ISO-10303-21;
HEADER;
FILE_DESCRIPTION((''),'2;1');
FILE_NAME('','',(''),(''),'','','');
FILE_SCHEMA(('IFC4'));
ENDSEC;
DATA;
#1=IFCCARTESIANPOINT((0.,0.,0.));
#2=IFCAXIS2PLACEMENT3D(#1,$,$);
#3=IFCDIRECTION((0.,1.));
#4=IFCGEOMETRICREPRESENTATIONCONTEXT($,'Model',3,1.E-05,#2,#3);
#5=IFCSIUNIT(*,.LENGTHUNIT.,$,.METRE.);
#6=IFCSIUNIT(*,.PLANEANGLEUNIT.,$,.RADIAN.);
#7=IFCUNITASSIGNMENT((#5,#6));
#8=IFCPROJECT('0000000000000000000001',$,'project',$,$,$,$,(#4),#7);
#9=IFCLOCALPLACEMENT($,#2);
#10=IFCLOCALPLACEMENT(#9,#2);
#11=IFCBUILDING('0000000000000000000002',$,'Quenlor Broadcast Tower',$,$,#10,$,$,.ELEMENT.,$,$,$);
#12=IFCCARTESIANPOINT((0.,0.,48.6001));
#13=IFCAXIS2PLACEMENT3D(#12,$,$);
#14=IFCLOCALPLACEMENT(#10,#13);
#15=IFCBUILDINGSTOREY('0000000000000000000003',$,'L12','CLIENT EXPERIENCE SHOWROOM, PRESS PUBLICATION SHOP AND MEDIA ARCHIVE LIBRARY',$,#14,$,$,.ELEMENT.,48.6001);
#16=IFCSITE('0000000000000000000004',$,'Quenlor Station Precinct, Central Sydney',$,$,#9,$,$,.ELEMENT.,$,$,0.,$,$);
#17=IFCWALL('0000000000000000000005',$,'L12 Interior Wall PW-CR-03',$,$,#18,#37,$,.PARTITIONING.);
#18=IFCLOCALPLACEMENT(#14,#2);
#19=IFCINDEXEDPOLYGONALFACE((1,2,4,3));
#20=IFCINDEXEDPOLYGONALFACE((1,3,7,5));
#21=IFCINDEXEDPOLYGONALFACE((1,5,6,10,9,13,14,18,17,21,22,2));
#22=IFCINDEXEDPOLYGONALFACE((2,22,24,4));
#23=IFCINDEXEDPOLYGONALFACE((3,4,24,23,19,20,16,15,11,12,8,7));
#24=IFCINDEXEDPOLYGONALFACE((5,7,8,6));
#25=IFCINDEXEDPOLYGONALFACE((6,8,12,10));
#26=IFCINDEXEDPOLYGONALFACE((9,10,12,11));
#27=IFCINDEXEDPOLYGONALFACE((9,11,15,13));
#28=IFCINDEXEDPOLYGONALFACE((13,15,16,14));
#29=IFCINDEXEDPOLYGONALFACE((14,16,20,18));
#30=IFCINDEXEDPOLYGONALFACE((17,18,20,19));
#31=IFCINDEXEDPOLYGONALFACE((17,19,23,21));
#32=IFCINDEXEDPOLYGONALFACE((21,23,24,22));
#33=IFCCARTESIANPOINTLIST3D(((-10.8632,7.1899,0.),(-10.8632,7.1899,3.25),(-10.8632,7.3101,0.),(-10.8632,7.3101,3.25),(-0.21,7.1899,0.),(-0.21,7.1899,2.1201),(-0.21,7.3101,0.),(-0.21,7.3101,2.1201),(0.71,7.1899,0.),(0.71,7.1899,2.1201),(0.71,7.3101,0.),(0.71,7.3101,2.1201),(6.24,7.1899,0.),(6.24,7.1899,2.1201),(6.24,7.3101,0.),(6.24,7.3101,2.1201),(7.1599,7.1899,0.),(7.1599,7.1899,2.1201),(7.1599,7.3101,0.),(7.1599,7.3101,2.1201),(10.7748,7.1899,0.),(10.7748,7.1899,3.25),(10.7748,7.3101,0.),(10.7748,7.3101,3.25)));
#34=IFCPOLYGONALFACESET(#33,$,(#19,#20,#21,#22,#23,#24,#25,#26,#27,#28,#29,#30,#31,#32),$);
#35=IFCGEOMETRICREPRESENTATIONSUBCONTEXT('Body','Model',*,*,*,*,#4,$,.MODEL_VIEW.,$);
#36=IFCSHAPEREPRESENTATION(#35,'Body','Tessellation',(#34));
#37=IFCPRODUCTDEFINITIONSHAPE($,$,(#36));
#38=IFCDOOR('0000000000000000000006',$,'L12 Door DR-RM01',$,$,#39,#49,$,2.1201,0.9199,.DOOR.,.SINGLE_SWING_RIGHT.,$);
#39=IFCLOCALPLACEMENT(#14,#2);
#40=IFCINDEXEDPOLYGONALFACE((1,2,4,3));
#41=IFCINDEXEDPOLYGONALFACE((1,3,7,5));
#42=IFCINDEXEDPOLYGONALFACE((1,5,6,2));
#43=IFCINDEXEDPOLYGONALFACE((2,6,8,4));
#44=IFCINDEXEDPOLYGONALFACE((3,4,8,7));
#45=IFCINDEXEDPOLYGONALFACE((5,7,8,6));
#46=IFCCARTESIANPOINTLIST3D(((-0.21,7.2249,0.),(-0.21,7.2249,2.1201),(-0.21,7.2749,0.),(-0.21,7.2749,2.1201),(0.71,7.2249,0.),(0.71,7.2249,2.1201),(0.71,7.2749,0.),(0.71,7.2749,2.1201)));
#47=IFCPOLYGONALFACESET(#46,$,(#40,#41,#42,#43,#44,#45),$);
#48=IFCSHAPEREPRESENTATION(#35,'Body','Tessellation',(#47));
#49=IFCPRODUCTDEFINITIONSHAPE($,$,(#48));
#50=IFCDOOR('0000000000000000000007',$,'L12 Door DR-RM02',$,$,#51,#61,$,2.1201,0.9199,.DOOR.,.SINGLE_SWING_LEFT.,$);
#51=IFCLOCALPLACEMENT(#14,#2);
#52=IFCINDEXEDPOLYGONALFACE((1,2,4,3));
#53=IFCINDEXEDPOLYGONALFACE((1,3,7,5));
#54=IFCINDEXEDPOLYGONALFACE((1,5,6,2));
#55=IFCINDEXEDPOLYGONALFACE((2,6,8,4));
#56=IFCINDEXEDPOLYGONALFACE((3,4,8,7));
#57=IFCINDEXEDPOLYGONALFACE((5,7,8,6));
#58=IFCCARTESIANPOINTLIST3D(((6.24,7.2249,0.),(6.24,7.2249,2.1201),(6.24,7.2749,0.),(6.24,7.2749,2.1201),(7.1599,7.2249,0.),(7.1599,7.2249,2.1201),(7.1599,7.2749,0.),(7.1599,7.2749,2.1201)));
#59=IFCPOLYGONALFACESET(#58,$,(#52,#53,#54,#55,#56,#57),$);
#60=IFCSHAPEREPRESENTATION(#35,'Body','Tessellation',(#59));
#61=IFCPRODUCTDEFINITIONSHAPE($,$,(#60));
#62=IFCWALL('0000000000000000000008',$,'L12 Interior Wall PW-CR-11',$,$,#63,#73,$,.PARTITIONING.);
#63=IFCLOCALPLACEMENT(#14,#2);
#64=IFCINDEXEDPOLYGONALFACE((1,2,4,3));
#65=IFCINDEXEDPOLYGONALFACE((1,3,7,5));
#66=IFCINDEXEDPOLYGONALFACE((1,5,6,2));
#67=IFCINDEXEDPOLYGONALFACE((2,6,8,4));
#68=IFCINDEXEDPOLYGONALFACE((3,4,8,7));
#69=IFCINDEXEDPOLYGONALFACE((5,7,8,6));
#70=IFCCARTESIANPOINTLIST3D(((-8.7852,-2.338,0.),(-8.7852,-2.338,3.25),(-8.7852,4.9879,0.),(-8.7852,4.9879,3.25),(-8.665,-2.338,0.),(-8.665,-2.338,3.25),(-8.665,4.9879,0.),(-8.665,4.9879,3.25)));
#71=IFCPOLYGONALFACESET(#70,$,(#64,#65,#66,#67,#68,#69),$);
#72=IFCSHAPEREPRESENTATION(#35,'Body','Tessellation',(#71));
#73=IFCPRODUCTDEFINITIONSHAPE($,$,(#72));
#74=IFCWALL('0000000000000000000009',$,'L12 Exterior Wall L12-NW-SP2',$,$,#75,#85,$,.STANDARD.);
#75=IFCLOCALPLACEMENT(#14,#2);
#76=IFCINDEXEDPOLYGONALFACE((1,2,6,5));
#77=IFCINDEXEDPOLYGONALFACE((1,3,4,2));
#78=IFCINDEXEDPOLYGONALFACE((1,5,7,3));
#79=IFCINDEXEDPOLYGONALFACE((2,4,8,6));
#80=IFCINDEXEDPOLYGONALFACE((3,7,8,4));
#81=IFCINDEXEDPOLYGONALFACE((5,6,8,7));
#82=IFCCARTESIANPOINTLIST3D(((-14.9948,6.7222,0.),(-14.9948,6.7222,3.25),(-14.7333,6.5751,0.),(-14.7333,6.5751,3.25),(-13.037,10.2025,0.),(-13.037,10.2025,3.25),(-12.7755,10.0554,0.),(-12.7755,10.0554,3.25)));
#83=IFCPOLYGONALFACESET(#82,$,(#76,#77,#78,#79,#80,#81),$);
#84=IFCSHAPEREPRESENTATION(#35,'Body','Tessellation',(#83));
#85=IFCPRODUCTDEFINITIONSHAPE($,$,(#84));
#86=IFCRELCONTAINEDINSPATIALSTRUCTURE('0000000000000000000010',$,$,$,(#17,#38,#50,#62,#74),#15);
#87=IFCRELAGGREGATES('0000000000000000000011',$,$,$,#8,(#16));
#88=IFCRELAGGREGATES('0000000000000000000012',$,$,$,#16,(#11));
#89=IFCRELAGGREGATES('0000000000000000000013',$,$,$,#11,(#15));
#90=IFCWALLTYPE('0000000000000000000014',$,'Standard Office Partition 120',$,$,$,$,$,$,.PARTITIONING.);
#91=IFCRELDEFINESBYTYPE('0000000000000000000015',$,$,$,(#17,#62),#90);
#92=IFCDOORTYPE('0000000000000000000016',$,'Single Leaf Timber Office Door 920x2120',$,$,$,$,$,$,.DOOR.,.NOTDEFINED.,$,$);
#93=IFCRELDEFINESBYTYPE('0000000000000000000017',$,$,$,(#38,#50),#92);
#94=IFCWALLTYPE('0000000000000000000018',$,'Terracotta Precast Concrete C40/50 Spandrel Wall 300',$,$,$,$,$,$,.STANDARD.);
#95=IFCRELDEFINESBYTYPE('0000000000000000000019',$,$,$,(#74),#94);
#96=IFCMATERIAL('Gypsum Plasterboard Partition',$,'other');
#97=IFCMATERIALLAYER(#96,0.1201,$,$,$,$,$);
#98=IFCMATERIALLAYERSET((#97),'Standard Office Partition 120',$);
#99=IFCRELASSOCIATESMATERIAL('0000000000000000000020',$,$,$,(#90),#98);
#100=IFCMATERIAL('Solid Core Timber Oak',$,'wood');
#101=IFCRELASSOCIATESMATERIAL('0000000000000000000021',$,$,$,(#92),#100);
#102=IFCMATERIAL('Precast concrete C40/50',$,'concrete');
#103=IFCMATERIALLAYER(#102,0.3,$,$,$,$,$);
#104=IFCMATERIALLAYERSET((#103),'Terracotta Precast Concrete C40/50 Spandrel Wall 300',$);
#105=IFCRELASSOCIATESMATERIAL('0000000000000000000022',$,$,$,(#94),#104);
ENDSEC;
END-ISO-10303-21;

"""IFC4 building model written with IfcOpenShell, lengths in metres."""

from ifc_helpers import new_model, si_unit, direction, frame, frame_2d, origin, place, context, subcontext, project, spatial, rectangle, extrude, material, layer, layer_set, type_object, element, fill, save


model = new_model("IFC4")

# Units and contexts
model_context = context("Model", 3, precision=1e-05, world=origin(), true_north=direction((0.0, 1.0)))
body_context = subcontext(model_context, "Body", "Model", "MODEL_VIEW")
ifc_project = project(units=[si_unit("LENGTHUNIT", "METRE"), si_unit("PLANEANGLEUNIT", "RADIAN")], contexts=[model_context])

# Site, building, storey
site_placement = place(None, origin())
site = spatial("IfcSite", under=ifc_project, at=site_placement, Name="Quenlor Station Precinct, Central Sydney", CompositionType="ELEMENT", RefElevation=0.0)
building_placement = place(site_placement, origin())
building = spatial("IfcBuilding", under=site, at=building_placement, Name="Quenlor Broadcast Tower", CompositionType="ELEMENT")
storey_placement = place(building_placement, frame((0.0, 0.0, 48.6001)))
storey = spatial("IfcBuildingStorey", under=building, at=storey_placement, Name="L12", Description="CLIENT EXPERIENCE SHOWROOM, PRESS PUBLICATION SHOP AND MEDIA ARCHIVE LIBRARY", CompositionType="ELEMENT", Elevation=48.6001)

# Wall, openings, doors
ifc_material_1 = material(Name="Gypsum Plasterboard Partition", Category="other")
ifc_layer_1 = layer(ifc_material_1, 0.1201)
ifc_layer_set_1 = layer_set([ifc_layer_1], Name="Standard Office Partition 120")
wall_type_1 = type_object("IfcWallType", Name="Standard Office Partition 120", PredefinedType="PARTITIONING", material=ifc_layer_set_1)
wall_1_placement = place(storey_placement, frame((-10.863, 7.25, 0.0), z_axis=(0.0, 0.0, 1.0), x_axis=(1.0, 0.0, 0.0)))
wall_1 = element("IfcWall", 1, at=wall_1_placement, inside=storey, type_object=wall_type_1, Name="L12 Interior Wall PW-CR-03", PredefinedType="PARTITIONING", context=body_context, shape_type="SweptSolid", body=[
    extrude(rectangle(XDim=21.6379, YDim=0.1201, at=frame_2d((10.8188, 0.0))), origin(), (0.0, 0.0, 1.0), 3.25),
])
opening_1_placement = place(wall_1_placement, frame((10.6531, 0.0, 0.0)))
opening_1 = element("IfcOpeningElement", 2, at=opening_1_placement, cuts=wall_1, PredefinedType="OPENING", context=body_context, shape_type="SweptSolid", body=[
    extrude(rectangle(XDim=0.9199, YDim=2.1201, at=frame_2d((0.46, 1.0601))), frame((0.0, 0.0701, 0.0), z_axis=(0.0, -1.0, 0.0), x_axis=(1.0, 0.0, 0.0)), (0.0, 0.0, 1.0), 0.1401),
])
opening_2_placement = place(wall_1_placement, frame((17.103, 0.0, 0.0)))
opening_2 = element("IfcOpeningElement", 3, at=opening_2_placement, cuts=wall_1, PredefinedType="OPENING", context=body_context, shape_type="SweptSolid", body=[
    extrude(rectangle(XDim=0.9199, YDim=2.1201, at=frame_2d((0.46, 1.0601))), frame((0.0, 0.0701, 0.0), z_axis=(0.0, -1.0, 0.0), x_axis=(1.0, 0.0, 0.0)), (0.0, 0.0, 1.0), 0.1401),
])
ifc_material_2 = material(Name="Solid Core Timber Oak", Category="wood")
door_type = type_object("IfcDoorType", Name="Single Leaf Timber Office Door 920x2120", OperationType="NOTDEFINED", PredefinedType="DOOR", material=ifc_material_2)
door_1_placement = place(opening_1_placement, origin())
door_1 = element("IfcDoor", 4, at=door_1_placement, inside=storey, type_object=door_type, Name="L12 Door DR-RM01", OperationType="SINGLE_SWING_RIGHT", OverallHeight=2.1201, OverallWidth=0.9199, PredefinedType="DOOR", context=body_context, shape_type="SweptSolid", body=[
    extrude(rectangle(XDim=0.9199, YDim=2.1201, at=frame_2d((0.46, 1.0601))), frame((0.0, 0.0249, 0.0), z_axis=(0.0, -1.0, 0.0), x_axis=(1.0, 0.0, 0.0)), (0.0, 0.0, 1.0), 0.05),
])
fill(opening_1, door_1)
door_2_placement = place(opening_2_placement, origin())
door_2 = element("IfcDoor", 5, at=door_2_placement, inside=storey, type_object=door_type, Name="L12 Door DR-RM02", OperationType="SINGLE_SWING_LEFT", OverallHeight=2.1201, OverallWidth=0.9199, PredefinedType="DOOR", context=body_context, shape_type="SweptSolid", body=[
    extrude(rectangle(XDim=0.9199, YDim=2.1201, at=frame_2d((0.46, 1.0601))), frame((0.0, 0.0249, 0.0), z_axis=(0.0, -1.0, 0.0), x_axis=(1.0, 0.0, 0.0)), (0.0, 0.0, 1.0), 0.05),
])
fill(opening_2, door_2)

# Walls
wall_2_placement = place(storey_placement, frame((-8.7251, 4.988, 0.0), z_axis=(0.0, 0.0, 1.0), x_axis=(0.0, -1.0, 0.0)))
element("IfcWall", 6, at=wall_2_placement, inside=storey, type_object=wall_type_1, Name="L12 Interior Wall PW-CR-11", PredefinedType="PARTITIONING", context=body_context, shape_type="SweptSolid", body=[
    extrude(rectangle(XDim=7.3259, YDim=0.1201, at=frame_2d((3.6631, 0.0))), origin(), (0.0, 0.0, 1.0), 3.25),
])
ifc_material_3 = material(Name="Precast concrete C40/50", Category="concrete")
ifc_layer_2 = layer(ifc_material_3, 0.3)
ifc_layer_set_2 = layer_set([ifc_layer_2], Name="Terracotta Precast Concrete C40/50 Spandrel Wall 300")
wall_type_2 = type_object("IfcWallType", Name="Terracotta Precast Concrete C40/50 Spandrel Wall 300", PredefinedType="STANDARD", material=ifc_layer_set_2)
wall_3_placement = place(storey_placement, frame((-14.864, 6.6487, 0.0), z_axis=(0.0, 0.0, 1.0), x_axis=(0.490287, 0.871561, 0.0)))
element("IfcWall", 7, at=wall_3_placement, inside=storey, type_object=wall_type_2, Name="L12 Exterior Wall L12-NW-SP2", PredefinedType="STANDARD", context=body_context, shape_type="SweptSolid", body=[
    extrude(rectangle(XDim=3.9932, YDim=0.3, at=frame_2d((1.9966, 0.0))), origin(), (0.0, 0.0, 1.0), 3.25),
])

save(model, "model.ifc")
